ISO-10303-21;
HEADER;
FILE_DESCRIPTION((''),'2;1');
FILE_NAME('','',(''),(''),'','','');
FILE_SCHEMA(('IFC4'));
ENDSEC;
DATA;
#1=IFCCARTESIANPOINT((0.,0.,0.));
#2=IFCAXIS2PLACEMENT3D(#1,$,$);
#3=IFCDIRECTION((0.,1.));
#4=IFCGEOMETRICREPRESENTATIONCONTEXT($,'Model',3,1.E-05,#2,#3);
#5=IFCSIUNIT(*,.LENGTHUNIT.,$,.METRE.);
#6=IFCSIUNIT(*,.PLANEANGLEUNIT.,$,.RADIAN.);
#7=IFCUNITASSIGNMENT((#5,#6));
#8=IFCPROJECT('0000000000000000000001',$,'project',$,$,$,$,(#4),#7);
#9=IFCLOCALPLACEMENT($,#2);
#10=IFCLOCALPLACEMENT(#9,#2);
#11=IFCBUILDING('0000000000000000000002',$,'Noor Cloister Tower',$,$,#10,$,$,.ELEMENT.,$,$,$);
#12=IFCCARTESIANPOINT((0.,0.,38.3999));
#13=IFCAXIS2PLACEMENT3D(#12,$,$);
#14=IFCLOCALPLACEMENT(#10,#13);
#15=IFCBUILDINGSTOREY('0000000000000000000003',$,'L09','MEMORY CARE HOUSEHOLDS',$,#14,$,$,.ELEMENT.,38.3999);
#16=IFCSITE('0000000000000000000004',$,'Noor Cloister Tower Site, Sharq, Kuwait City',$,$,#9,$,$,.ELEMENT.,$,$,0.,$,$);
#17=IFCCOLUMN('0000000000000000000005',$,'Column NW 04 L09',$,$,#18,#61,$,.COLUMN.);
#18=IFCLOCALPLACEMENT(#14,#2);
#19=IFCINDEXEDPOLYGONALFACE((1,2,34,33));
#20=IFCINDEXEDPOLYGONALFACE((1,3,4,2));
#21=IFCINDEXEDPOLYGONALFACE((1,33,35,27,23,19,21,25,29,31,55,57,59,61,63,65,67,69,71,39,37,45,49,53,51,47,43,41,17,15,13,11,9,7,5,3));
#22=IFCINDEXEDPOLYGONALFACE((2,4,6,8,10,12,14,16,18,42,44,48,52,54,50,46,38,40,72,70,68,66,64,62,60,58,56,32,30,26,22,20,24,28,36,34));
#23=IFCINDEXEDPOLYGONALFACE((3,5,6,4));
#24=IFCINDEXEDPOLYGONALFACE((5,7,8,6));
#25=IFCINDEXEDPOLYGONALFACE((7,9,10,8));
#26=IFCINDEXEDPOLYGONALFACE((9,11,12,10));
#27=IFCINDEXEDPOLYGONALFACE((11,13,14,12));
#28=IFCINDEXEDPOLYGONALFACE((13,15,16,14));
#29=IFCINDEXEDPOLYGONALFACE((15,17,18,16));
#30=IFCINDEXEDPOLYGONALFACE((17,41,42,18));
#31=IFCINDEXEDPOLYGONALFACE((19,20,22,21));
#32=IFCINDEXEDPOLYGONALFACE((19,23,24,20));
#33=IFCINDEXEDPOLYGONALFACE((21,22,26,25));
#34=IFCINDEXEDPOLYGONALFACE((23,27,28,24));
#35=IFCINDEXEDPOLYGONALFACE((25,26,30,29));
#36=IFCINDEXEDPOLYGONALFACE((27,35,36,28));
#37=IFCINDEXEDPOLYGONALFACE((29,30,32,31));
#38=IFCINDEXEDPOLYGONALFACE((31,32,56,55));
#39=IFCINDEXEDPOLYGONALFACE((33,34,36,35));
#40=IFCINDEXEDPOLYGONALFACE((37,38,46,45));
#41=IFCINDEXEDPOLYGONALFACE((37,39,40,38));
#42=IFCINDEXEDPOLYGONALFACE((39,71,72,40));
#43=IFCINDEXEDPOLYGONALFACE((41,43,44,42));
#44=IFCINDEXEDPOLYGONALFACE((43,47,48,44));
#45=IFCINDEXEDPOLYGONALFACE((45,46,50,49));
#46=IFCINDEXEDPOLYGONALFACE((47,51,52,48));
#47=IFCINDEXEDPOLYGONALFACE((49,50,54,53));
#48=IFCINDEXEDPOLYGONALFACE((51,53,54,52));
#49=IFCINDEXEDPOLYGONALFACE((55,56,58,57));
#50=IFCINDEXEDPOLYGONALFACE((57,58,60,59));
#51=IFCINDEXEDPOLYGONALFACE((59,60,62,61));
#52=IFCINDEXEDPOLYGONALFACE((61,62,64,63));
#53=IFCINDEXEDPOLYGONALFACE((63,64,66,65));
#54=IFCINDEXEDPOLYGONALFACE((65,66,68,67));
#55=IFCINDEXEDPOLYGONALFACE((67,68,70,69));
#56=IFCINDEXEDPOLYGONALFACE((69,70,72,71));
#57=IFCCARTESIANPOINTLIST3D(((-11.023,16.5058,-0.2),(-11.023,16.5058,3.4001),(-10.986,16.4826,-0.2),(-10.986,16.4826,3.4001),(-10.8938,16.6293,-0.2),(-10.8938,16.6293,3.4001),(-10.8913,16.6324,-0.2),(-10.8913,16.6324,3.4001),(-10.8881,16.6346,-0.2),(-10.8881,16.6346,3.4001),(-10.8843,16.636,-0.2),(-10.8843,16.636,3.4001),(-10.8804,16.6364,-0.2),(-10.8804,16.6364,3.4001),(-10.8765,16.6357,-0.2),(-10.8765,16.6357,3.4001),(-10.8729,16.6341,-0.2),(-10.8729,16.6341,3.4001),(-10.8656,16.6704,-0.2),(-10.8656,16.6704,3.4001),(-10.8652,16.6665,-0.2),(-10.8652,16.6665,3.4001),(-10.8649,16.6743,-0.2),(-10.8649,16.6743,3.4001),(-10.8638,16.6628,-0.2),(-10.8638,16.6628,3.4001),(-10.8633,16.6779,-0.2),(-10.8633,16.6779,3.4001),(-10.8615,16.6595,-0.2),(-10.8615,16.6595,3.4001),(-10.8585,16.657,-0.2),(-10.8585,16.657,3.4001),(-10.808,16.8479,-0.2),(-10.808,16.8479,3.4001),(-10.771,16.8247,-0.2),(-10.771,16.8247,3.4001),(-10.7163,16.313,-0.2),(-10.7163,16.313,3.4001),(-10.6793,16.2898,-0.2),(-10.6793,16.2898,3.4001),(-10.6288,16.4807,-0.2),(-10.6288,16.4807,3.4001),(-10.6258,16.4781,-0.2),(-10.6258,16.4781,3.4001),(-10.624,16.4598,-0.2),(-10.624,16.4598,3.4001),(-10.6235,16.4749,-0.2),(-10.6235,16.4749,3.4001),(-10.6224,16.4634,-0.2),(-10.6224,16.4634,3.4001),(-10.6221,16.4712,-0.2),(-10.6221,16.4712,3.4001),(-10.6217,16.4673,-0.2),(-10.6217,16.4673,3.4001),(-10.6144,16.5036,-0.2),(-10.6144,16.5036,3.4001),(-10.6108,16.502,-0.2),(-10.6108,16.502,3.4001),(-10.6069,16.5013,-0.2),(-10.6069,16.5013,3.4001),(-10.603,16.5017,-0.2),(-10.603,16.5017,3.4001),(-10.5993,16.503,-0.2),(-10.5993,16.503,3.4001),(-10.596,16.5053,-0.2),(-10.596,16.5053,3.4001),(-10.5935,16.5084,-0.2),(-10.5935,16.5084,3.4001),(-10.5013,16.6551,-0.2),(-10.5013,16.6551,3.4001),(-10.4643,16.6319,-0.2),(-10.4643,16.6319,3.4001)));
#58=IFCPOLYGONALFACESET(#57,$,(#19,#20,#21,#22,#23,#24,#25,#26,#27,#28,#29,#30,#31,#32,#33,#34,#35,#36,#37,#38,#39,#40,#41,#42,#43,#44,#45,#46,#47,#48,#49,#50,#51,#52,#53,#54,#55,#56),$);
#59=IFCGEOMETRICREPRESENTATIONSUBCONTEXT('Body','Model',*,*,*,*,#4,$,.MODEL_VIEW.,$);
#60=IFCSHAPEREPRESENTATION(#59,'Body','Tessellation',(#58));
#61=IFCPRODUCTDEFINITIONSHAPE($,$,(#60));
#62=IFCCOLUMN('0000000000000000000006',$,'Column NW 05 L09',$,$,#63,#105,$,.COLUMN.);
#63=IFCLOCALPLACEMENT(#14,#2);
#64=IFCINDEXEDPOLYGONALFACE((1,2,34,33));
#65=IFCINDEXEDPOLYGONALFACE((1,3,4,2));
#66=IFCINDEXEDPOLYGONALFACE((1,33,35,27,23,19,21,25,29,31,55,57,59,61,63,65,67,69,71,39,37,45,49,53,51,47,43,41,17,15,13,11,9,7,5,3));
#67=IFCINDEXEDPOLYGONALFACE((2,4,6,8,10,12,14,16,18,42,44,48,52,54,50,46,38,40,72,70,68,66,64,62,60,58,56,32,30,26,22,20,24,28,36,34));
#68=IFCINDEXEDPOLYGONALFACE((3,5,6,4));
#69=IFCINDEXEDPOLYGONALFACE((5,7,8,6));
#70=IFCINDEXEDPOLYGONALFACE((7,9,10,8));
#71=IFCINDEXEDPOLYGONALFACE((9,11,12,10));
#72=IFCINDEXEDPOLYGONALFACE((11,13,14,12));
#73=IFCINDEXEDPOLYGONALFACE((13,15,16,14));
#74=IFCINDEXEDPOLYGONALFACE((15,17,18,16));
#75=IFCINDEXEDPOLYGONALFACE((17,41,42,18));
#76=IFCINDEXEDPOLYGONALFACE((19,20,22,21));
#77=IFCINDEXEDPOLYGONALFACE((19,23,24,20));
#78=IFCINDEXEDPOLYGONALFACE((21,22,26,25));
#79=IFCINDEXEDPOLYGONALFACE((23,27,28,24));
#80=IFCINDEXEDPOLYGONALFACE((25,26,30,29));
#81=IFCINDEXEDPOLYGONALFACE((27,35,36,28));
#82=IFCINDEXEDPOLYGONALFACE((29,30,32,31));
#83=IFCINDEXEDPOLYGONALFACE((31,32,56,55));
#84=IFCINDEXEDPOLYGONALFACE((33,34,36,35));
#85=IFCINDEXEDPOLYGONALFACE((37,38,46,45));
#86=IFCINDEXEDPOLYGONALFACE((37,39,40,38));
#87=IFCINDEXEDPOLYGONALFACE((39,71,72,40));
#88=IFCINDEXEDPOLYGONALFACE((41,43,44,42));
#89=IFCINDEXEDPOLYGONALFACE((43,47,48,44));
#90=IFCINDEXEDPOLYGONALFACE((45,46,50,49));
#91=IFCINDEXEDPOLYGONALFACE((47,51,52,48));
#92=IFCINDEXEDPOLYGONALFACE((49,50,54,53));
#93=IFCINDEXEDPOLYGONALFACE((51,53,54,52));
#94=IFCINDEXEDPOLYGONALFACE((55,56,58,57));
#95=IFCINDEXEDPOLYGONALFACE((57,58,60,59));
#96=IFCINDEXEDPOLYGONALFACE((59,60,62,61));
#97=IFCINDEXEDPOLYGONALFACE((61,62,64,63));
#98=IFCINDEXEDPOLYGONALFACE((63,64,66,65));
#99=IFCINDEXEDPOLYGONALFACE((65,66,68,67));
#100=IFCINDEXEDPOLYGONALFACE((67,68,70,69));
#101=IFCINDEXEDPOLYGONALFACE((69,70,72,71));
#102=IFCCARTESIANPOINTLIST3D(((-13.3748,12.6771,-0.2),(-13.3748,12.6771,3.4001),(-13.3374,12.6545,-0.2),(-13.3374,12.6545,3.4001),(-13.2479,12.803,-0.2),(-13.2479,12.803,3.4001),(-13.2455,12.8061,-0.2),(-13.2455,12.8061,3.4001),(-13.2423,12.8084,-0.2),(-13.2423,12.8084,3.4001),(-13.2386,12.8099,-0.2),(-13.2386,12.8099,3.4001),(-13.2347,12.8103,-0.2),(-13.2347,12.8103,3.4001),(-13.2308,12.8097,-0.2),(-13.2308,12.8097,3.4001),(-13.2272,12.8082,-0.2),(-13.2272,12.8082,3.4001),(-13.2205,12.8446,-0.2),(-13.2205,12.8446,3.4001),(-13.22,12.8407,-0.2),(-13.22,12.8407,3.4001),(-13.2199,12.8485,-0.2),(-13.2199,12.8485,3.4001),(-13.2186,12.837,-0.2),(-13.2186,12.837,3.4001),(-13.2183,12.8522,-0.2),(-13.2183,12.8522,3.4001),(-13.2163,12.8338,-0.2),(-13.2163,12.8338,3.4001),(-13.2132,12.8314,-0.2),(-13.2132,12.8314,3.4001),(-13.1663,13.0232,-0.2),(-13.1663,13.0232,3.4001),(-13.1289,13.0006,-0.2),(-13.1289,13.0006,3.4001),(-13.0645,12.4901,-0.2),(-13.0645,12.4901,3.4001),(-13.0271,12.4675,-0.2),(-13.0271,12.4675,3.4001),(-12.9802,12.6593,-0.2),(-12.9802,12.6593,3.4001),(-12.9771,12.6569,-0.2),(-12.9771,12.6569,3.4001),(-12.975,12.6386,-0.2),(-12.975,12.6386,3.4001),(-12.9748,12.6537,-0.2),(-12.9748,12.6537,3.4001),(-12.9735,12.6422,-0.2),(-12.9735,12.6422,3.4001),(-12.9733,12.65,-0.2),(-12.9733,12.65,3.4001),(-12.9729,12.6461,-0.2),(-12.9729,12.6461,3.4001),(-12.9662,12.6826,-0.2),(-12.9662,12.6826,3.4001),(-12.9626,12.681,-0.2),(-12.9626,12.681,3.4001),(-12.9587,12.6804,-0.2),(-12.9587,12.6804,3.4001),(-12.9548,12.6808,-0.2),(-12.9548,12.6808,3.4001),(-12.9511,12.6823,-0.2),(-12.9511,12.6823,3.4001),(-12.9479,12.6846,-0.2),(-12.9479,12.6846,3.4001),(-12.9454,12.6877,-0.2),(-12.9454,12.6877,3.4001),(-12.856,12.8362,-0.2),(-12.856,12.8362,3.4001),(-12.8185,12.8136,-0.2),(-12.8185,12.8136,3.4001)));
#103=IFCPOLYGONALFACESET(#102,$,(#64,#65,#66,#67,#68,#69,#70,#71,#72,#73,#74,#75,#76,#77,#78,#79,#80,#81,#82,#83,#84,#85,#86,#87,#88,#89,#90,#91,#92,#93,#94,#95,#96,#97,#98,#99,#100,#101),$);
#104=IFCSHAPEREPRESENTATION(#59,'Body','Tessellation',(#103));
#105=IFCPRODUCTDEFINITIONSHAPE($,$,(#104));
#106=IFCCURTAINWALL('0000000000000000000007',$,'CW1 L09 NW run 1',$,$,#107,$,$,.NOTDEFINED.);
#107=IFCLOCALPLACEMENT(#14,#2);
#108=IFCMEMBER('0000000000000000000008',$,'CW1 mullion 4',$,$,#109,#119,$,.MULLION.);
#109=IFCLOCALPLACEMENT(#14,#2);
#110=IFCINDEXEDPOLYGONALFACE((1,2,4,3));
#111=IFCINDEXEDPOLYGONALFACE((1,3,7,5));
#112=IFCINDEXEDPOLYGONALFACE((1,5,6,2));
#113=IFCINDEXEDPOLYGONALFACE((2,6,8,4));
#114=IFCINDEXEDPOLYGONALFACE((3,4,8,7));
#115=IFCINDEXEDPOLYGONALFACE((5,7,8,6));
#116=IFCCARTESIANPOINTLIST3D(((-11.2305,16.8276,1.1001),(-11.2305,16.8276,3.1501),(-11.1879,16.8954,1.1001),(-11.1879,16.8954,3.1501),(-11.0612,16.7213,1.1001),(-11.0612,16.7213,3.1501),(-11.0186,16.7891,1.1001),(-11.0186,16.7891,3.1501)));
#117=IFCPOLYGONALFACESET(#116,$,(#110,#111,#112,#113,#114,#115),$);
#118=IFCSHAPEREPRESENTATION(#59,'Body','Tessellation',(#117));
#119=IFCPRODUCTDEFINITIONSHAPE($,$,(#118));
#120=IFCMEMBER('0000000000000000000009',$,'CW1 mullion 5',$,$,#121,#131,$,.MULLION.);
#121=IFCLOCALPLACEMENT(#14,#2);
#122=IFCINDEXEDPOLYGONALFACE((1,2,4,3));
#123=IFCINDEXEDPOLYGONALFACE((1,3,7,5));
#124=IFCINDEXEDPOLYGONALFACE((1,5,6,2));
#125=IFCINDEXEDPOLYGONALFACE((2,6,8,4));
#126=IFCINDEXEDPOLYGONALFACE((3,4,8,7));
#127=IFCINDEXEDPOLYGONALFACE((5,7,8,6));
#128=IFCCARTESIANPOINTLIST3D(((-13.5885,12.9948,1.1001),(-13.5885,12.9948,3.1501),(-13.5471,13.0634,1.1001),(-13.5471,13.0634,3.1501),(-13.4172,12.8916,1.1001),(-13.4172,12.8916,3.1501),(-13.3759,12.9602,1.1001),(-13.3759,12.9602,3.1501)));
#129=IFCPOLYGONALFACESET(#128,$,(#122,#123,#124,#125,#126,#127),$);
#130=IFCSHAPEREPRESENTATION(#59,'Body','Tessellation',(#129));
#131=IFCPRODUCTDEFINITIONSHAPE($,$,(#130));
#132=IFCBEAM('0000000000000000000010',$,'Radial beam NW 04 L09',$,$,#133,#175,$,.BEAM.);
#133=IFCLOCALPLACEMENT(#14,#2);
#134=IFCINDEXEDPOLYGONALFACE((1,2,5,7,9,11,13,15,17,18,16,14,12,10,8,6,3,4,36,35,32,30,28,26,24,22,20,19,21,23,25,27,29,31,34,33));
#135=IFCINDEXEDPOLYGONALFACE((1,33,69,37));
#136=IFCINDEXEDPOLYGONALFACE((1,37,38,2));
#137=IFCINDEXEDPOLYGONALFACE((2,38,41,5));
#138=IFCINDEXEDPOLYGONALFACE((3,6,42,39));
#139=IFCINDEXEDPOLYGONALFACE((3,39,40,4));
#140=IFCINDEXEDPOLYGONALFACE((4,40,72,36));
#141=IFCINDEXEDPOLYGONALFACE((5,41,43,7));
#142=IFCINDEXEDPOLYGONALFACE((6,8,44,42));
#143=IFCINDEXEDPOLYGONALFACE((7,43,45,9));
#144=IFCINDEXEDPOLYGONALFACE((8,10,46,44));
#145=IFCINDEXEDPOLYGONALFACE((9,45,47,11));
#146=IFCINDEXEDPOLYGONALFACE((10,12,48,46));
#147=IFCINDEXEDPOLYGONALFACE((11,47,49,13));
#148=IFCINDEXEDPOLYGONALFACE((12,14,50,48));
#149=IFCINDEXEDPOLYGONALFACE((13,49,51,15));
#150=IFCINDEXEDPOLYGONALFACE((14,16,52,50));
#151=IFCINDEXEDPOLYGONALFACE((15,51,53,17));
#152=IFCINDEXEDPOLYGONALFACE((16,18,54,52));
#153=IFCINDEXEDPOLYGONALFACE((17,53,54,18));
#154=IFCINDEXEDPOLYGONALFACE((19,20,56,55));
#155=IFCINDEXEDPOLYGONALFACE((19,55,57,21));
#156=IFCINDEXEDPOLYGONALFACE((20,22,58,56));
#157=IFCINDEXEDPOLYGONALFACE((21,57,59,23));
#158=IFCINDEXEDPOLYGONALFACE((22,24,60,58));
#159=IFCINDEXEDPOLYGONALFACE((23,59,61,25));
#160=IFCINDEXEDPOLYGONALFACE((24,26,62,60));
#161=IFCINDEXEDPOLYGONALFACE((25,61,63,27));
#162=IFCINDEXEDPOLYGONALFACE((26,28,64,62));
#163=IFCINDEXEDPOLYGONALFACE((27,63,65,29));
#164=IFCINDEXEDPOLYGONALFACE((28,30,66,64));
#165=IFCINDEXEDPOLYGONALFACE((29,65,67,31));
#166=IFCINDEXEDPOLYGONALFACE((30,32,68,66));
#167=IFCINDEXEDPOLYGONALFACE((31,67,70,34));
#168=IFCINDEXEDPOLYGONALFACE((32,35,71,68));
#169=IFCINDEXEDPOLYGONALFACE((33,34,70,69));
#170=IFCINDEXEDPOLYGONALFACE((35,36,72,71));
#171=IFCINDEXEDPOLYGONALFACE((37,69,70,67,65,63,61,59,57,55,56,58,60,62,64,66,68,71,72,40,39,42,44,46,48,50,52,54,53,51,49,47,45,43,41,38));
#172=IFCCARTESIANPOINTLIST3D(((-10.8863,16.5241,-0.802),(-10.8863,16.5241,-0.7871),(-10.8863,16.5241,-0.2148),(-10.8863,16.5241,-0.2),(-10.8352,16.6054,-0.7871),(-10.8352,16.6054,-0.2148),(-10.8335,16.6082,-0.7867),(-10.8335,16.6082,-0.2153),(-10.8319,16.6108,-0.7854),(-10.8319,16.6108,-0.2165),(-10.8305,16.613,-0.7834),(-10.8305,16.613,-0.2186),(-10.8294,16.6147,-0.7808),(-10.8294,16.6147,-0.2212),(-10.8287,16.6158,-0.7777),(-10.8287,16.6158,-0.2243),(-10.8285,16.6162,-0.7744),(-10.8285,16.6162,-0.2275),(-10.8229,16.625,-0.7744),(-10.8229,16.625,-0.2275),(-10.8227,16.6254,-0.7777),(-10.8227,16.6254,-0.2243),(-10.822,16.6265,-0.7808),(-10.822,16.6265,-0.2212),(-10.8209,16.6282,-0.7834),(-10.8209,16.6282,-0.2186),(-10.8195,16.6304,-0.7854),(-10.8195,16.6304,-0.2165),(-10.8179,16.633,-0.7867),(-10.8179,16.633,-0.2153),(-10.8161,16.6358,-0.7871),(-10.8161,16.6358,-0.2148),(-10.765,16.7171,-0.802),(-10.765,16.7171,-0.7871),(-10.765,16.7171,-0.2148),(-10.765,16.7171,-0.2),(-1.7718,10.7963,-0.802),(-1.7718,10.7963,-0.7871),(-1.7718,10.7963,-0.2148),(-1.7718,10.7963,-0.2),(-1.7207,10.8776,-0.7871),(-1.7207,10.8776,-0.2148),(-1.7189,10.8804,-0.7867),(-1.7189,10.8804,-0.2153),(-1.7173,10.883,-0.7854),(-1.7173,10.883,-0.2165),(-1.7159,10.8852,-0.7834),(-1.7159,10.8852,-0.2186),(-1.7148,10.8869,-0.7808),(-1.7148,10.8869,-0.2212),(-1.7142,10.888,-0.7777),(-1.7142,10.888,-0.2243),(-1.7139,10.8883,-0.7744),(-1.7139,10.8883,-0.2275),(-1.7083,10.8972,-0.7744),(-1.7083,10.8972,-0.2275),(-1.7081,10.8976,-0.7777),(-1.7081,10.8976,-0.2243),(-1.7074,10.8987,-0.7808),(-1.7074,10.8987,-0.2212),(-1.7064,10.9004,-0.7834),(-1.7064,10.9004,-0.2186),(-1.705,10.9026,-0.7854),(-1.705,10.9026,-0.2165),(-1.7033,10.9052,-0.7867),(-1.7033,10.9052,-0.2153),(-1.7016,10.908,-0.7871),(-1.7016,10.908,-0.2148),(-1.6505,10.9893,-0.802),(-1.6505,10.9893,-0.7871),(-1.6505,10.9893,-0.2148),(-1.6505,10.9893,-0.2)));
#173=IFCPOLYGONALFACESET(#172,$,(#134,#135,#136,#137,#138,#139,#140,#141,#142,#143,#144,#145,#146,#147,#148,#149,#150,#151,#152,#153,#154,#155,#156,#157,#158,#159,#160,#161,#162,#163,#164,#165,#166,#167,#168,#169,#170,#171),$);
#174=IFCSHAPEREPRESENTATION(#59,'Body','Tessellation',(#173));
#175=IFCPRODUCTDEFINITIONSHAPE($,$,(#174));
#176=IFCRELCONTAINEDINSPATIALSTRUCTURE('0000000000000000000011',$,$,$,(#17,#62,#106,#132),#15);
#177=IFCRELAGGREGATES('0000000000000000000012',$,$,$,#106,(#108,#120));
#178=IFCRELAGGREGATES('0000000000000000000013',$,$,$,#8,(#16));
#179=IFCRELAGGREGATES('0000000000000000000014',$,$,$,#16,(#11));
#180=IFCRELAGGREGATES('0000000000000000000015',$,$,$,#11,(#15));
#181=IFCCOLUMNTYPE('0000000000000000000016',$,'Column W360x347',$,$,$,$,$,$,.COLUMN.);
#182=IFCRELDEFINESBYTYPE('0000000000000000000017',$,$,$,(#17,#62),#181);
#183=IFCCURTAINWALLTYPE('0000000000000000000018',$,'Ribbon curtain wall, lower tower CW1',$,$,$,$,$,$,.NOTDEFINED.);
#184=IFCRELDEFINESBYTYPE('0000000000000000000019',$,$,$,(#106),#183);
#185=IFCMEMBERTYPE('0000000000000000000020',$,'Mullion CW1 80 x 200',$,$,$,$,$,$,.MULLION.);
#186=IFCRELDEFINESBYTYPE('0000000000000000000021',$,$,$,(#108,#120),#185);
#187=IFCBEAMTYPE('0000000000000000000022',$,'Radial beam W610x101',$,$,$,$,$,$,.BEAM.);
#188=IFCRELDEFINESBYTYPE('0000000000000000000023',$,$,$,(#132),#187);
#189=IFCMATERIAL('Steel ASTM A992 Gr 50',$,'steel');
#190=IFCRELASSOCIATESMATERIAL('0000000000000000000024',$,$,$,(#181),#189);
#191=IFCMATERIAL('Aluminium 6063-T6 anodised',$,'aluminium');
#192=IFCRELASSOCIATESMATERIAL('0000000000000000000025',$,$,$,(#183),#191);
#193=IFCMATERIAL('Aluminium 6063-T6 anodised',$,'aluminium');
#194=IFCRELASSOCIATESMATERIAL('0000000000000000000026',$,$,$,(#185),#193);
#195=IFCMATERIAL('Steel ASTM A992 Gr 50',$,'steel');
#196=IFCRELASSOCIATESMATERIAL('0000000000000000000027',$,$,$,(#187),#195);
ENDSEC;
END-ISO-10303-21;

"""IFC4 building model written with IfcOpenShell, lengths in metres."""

from ifc_helpers import new_model, si_unit, direction, frame, origin, origin_2d, place, context, subcontext, project, spatial, rectangle, i_section, extrude, material, material_profile, profile_set, type_object, element, aggregate, save


model = new_model("IFC4")

# Units and contexts
model_context = context("Model", 3, precision=1e-05, world=origin(), true_north=direction((0.0, 1.0)))
body_context = subcontext(model_context, "Body", "Model", "MODEL_VIEW")
ifc_project = project(units=[si_unit("LENGTHUNIT", "METRE"), si_unit("PLANEANGLEUNIT", "RADIAN")], contexts=[model_context])

# Site, building, storey
site_placement = place(None, origin())
site = spatial("IfcSite", under=ifc_project, at=site_placement, Name="Noor Cloister Tower Site, Sharq, Kuwait City", CompositionType="ELEMENT", RefElevation=0.0)
building_placement = place(site_placement, origin())
building = spatial("IfcBuilding", under=site, at=building_placement, Name="Noor Cloister Tower", CompositionType="ELEMENT")
storey_placement = place(building_placement, frame((0.0, 0.0, 38.3999)))
storey = spatial("IfcBuildingStorey", under=building, at=storey_placement, Name="L09", Description="MEMORY CARE HOUSEHOLDS", CompositionType="ELEMENT", Elevation=38.3999)

# Columns
ifc_material_1 = material(Name="Steel ASTM A992 Gr 50", Category="steel")
ifc_material_profile_1 = material_profile(ifc_material_1, i_section(OverallWidth=0.4041, OverallDepth=0.406, WebThickness=0.0271, FlangeThickness=0.0437, FilletRadius=0.0151, at=origin_2d()), Name="W360x347")
ifc_profile_set_1 = profile_set([ifc_material_profile_1], Name="Steel ASTM A992 Gr 50")
column_type = type_object("IfcColumnType", Name="Column W360x347", PredefinedType="COLUMN", material=ifc_profile_set_1)
for number, where, z_axis, x_axis, name in (
    (1, (-10.7437, 16.5688, -0.2), (0.0, 0.0, 1.0), (-0.532079, -0.846695, 0.0), "Column NW 04 L09"),
    (2, (-13.0967, 12.7454, -0.2), (0.0, 0.0, 1.0), (-0.51613, -0.85651, 0.0), "Column NW 05 L09"),
):
    element("IfcColumn", number, at=place(storey_placement, frame(where, z_axis=z_axis, x_axis=x_axis)), inside=storey, type_object=column_type, Name=name, PredefinedType="COLUMN", context=body_context, shape_type="SweptSolid", body=[
        extrude(i_section(OverallWidth=0.4041, OverallDepth=0.406, WebThickness=0.0271, FlangeThickness=0.0437, FilletRadius=0.0151, at=origin_2d()), origin(), (0.0, 0.0, 1.0), 3.6001),
    ])

# Curtain wall, members
ifc_material_2 = material(Name="Aluminium 6063-T6 anodised", Category="aluminium")
curtain_wall_type = type_object("IfcCurtainWallType", Name="Ribbon curtain wall, lower tower CW1", PredefinedType="NOTDEFINED", material=ifc_material_2)
curtain_wall_placement = place(storey_placement, origin())
curtain_wall = element("IfcCurtainWall", 3, at=curtain_wall_placement, inside=storey, type_object=curtain_wall_type, Name="CW1 L09 NW run 1", PredefinedType="NOTDEFINED")
ifc_material_3 = material(Name="Aluminium 6063-T6 anodised", Category="aluminium")
ifc_material_profile_2 = material_profile(ifc_material_3, rectangle(XDim=0.2, YDim=0.0801, at=origin_2d()), Name="200 x 80 mullion")
ifc_profile_set_2 = profile_set([ifc_material_profile_2], Name="Aluminium 6063-T6 anodised")
member_type = type_object("IfcMemberType", Name="Mullion CW1 80 x 200", PredefinedType="MULLION", material=ifc_profile_set_2)
member_1_placement = place(storey_placement, frame((-11.1245, 16.8083, 1.1001), z_axis=(0.0, 0.0, 1.0), x_axis=(0.846695, -0.532079, 0.0)))
member_1 = element("IfcMember", 4, at=member_1_placement, type_object=member_type, Name="CW1 mullion 4", PredefinedType="MULLION", context=body_context, shape_type="SweptSolid", body=[
    extrude(rectangle(XDim=0.2, YDim=0.0801, at=origin_2d()), origin(), (0.0, 0.0, 1.0), 2.05),
])
member_2_placement = place(storey_placement, frame((-13.4822, 12.9775, 1.1001), z_axis=(0.0, 0.0, 1.0), x_axis=(0.85651, -0.51613, 0.0)))
member_2 = element("IfcMember", 5, at=member_2_placement, type_object=member_type, Name="CW1 mullion 5", PredefinedType="MULLION", context=body_context, shape_type="SweptSolid", body=[
    extrude(rectangle(XDim=0.2, YDim=0.0801, at=origin_2d()), origin(), (0.0, 0.0, 1.0), 2.05),
])

# Beam
ifc_material_4 = material(Name="Steel ASTM A992 Gr 50", Category="steel")
ifc_material_profile_3 = material_profile(ifc_material_4, i_section(OverallWidth=0.228, OverallDepth=0.6021, WebThickness=0.0105, FlangeThickness=0.0149, FilletRadius=0.0127, at=origin_2d()), Name="W610x101")
ifc_profile_set_3 = profile_set([ifc_material_profile_3], Name="Steel ASTM A992 Gr 50")
beam_type_1 = type_object("IfcBeamType", Name="Radial beam W610x101", PredefinedType="BEAM", material=ifc_profile_set_3)
beam_1_placement = place(storey_placement, frame((-10.8257, 16.6206, -0.501), z_axis=(0.846692, -0.532083, 0.0), x_axis=(0.532083, 0.846692, 0.0)))
element("IfcBeam", 6, at=beam_1_placement, inside=storey, type_object=beam_type_1, Name="Radial beam NW 04 L09", PredefinedType="BEAM", context=body_context, shape_type="SweptSolid", body=[
    extrude(i_section(OverallWidth=0.228, OverallDepth=0.6021, WebThickness=0.0105, FlangeThickness=0.0149, FilletRadius=0.0127, at=origin_2d()), origin(), (0.0, 0.0, 1.0), 10.7649),
])

aggregate(curtain_wall, [member_1, member_2])

save(model, "model.ifc")
